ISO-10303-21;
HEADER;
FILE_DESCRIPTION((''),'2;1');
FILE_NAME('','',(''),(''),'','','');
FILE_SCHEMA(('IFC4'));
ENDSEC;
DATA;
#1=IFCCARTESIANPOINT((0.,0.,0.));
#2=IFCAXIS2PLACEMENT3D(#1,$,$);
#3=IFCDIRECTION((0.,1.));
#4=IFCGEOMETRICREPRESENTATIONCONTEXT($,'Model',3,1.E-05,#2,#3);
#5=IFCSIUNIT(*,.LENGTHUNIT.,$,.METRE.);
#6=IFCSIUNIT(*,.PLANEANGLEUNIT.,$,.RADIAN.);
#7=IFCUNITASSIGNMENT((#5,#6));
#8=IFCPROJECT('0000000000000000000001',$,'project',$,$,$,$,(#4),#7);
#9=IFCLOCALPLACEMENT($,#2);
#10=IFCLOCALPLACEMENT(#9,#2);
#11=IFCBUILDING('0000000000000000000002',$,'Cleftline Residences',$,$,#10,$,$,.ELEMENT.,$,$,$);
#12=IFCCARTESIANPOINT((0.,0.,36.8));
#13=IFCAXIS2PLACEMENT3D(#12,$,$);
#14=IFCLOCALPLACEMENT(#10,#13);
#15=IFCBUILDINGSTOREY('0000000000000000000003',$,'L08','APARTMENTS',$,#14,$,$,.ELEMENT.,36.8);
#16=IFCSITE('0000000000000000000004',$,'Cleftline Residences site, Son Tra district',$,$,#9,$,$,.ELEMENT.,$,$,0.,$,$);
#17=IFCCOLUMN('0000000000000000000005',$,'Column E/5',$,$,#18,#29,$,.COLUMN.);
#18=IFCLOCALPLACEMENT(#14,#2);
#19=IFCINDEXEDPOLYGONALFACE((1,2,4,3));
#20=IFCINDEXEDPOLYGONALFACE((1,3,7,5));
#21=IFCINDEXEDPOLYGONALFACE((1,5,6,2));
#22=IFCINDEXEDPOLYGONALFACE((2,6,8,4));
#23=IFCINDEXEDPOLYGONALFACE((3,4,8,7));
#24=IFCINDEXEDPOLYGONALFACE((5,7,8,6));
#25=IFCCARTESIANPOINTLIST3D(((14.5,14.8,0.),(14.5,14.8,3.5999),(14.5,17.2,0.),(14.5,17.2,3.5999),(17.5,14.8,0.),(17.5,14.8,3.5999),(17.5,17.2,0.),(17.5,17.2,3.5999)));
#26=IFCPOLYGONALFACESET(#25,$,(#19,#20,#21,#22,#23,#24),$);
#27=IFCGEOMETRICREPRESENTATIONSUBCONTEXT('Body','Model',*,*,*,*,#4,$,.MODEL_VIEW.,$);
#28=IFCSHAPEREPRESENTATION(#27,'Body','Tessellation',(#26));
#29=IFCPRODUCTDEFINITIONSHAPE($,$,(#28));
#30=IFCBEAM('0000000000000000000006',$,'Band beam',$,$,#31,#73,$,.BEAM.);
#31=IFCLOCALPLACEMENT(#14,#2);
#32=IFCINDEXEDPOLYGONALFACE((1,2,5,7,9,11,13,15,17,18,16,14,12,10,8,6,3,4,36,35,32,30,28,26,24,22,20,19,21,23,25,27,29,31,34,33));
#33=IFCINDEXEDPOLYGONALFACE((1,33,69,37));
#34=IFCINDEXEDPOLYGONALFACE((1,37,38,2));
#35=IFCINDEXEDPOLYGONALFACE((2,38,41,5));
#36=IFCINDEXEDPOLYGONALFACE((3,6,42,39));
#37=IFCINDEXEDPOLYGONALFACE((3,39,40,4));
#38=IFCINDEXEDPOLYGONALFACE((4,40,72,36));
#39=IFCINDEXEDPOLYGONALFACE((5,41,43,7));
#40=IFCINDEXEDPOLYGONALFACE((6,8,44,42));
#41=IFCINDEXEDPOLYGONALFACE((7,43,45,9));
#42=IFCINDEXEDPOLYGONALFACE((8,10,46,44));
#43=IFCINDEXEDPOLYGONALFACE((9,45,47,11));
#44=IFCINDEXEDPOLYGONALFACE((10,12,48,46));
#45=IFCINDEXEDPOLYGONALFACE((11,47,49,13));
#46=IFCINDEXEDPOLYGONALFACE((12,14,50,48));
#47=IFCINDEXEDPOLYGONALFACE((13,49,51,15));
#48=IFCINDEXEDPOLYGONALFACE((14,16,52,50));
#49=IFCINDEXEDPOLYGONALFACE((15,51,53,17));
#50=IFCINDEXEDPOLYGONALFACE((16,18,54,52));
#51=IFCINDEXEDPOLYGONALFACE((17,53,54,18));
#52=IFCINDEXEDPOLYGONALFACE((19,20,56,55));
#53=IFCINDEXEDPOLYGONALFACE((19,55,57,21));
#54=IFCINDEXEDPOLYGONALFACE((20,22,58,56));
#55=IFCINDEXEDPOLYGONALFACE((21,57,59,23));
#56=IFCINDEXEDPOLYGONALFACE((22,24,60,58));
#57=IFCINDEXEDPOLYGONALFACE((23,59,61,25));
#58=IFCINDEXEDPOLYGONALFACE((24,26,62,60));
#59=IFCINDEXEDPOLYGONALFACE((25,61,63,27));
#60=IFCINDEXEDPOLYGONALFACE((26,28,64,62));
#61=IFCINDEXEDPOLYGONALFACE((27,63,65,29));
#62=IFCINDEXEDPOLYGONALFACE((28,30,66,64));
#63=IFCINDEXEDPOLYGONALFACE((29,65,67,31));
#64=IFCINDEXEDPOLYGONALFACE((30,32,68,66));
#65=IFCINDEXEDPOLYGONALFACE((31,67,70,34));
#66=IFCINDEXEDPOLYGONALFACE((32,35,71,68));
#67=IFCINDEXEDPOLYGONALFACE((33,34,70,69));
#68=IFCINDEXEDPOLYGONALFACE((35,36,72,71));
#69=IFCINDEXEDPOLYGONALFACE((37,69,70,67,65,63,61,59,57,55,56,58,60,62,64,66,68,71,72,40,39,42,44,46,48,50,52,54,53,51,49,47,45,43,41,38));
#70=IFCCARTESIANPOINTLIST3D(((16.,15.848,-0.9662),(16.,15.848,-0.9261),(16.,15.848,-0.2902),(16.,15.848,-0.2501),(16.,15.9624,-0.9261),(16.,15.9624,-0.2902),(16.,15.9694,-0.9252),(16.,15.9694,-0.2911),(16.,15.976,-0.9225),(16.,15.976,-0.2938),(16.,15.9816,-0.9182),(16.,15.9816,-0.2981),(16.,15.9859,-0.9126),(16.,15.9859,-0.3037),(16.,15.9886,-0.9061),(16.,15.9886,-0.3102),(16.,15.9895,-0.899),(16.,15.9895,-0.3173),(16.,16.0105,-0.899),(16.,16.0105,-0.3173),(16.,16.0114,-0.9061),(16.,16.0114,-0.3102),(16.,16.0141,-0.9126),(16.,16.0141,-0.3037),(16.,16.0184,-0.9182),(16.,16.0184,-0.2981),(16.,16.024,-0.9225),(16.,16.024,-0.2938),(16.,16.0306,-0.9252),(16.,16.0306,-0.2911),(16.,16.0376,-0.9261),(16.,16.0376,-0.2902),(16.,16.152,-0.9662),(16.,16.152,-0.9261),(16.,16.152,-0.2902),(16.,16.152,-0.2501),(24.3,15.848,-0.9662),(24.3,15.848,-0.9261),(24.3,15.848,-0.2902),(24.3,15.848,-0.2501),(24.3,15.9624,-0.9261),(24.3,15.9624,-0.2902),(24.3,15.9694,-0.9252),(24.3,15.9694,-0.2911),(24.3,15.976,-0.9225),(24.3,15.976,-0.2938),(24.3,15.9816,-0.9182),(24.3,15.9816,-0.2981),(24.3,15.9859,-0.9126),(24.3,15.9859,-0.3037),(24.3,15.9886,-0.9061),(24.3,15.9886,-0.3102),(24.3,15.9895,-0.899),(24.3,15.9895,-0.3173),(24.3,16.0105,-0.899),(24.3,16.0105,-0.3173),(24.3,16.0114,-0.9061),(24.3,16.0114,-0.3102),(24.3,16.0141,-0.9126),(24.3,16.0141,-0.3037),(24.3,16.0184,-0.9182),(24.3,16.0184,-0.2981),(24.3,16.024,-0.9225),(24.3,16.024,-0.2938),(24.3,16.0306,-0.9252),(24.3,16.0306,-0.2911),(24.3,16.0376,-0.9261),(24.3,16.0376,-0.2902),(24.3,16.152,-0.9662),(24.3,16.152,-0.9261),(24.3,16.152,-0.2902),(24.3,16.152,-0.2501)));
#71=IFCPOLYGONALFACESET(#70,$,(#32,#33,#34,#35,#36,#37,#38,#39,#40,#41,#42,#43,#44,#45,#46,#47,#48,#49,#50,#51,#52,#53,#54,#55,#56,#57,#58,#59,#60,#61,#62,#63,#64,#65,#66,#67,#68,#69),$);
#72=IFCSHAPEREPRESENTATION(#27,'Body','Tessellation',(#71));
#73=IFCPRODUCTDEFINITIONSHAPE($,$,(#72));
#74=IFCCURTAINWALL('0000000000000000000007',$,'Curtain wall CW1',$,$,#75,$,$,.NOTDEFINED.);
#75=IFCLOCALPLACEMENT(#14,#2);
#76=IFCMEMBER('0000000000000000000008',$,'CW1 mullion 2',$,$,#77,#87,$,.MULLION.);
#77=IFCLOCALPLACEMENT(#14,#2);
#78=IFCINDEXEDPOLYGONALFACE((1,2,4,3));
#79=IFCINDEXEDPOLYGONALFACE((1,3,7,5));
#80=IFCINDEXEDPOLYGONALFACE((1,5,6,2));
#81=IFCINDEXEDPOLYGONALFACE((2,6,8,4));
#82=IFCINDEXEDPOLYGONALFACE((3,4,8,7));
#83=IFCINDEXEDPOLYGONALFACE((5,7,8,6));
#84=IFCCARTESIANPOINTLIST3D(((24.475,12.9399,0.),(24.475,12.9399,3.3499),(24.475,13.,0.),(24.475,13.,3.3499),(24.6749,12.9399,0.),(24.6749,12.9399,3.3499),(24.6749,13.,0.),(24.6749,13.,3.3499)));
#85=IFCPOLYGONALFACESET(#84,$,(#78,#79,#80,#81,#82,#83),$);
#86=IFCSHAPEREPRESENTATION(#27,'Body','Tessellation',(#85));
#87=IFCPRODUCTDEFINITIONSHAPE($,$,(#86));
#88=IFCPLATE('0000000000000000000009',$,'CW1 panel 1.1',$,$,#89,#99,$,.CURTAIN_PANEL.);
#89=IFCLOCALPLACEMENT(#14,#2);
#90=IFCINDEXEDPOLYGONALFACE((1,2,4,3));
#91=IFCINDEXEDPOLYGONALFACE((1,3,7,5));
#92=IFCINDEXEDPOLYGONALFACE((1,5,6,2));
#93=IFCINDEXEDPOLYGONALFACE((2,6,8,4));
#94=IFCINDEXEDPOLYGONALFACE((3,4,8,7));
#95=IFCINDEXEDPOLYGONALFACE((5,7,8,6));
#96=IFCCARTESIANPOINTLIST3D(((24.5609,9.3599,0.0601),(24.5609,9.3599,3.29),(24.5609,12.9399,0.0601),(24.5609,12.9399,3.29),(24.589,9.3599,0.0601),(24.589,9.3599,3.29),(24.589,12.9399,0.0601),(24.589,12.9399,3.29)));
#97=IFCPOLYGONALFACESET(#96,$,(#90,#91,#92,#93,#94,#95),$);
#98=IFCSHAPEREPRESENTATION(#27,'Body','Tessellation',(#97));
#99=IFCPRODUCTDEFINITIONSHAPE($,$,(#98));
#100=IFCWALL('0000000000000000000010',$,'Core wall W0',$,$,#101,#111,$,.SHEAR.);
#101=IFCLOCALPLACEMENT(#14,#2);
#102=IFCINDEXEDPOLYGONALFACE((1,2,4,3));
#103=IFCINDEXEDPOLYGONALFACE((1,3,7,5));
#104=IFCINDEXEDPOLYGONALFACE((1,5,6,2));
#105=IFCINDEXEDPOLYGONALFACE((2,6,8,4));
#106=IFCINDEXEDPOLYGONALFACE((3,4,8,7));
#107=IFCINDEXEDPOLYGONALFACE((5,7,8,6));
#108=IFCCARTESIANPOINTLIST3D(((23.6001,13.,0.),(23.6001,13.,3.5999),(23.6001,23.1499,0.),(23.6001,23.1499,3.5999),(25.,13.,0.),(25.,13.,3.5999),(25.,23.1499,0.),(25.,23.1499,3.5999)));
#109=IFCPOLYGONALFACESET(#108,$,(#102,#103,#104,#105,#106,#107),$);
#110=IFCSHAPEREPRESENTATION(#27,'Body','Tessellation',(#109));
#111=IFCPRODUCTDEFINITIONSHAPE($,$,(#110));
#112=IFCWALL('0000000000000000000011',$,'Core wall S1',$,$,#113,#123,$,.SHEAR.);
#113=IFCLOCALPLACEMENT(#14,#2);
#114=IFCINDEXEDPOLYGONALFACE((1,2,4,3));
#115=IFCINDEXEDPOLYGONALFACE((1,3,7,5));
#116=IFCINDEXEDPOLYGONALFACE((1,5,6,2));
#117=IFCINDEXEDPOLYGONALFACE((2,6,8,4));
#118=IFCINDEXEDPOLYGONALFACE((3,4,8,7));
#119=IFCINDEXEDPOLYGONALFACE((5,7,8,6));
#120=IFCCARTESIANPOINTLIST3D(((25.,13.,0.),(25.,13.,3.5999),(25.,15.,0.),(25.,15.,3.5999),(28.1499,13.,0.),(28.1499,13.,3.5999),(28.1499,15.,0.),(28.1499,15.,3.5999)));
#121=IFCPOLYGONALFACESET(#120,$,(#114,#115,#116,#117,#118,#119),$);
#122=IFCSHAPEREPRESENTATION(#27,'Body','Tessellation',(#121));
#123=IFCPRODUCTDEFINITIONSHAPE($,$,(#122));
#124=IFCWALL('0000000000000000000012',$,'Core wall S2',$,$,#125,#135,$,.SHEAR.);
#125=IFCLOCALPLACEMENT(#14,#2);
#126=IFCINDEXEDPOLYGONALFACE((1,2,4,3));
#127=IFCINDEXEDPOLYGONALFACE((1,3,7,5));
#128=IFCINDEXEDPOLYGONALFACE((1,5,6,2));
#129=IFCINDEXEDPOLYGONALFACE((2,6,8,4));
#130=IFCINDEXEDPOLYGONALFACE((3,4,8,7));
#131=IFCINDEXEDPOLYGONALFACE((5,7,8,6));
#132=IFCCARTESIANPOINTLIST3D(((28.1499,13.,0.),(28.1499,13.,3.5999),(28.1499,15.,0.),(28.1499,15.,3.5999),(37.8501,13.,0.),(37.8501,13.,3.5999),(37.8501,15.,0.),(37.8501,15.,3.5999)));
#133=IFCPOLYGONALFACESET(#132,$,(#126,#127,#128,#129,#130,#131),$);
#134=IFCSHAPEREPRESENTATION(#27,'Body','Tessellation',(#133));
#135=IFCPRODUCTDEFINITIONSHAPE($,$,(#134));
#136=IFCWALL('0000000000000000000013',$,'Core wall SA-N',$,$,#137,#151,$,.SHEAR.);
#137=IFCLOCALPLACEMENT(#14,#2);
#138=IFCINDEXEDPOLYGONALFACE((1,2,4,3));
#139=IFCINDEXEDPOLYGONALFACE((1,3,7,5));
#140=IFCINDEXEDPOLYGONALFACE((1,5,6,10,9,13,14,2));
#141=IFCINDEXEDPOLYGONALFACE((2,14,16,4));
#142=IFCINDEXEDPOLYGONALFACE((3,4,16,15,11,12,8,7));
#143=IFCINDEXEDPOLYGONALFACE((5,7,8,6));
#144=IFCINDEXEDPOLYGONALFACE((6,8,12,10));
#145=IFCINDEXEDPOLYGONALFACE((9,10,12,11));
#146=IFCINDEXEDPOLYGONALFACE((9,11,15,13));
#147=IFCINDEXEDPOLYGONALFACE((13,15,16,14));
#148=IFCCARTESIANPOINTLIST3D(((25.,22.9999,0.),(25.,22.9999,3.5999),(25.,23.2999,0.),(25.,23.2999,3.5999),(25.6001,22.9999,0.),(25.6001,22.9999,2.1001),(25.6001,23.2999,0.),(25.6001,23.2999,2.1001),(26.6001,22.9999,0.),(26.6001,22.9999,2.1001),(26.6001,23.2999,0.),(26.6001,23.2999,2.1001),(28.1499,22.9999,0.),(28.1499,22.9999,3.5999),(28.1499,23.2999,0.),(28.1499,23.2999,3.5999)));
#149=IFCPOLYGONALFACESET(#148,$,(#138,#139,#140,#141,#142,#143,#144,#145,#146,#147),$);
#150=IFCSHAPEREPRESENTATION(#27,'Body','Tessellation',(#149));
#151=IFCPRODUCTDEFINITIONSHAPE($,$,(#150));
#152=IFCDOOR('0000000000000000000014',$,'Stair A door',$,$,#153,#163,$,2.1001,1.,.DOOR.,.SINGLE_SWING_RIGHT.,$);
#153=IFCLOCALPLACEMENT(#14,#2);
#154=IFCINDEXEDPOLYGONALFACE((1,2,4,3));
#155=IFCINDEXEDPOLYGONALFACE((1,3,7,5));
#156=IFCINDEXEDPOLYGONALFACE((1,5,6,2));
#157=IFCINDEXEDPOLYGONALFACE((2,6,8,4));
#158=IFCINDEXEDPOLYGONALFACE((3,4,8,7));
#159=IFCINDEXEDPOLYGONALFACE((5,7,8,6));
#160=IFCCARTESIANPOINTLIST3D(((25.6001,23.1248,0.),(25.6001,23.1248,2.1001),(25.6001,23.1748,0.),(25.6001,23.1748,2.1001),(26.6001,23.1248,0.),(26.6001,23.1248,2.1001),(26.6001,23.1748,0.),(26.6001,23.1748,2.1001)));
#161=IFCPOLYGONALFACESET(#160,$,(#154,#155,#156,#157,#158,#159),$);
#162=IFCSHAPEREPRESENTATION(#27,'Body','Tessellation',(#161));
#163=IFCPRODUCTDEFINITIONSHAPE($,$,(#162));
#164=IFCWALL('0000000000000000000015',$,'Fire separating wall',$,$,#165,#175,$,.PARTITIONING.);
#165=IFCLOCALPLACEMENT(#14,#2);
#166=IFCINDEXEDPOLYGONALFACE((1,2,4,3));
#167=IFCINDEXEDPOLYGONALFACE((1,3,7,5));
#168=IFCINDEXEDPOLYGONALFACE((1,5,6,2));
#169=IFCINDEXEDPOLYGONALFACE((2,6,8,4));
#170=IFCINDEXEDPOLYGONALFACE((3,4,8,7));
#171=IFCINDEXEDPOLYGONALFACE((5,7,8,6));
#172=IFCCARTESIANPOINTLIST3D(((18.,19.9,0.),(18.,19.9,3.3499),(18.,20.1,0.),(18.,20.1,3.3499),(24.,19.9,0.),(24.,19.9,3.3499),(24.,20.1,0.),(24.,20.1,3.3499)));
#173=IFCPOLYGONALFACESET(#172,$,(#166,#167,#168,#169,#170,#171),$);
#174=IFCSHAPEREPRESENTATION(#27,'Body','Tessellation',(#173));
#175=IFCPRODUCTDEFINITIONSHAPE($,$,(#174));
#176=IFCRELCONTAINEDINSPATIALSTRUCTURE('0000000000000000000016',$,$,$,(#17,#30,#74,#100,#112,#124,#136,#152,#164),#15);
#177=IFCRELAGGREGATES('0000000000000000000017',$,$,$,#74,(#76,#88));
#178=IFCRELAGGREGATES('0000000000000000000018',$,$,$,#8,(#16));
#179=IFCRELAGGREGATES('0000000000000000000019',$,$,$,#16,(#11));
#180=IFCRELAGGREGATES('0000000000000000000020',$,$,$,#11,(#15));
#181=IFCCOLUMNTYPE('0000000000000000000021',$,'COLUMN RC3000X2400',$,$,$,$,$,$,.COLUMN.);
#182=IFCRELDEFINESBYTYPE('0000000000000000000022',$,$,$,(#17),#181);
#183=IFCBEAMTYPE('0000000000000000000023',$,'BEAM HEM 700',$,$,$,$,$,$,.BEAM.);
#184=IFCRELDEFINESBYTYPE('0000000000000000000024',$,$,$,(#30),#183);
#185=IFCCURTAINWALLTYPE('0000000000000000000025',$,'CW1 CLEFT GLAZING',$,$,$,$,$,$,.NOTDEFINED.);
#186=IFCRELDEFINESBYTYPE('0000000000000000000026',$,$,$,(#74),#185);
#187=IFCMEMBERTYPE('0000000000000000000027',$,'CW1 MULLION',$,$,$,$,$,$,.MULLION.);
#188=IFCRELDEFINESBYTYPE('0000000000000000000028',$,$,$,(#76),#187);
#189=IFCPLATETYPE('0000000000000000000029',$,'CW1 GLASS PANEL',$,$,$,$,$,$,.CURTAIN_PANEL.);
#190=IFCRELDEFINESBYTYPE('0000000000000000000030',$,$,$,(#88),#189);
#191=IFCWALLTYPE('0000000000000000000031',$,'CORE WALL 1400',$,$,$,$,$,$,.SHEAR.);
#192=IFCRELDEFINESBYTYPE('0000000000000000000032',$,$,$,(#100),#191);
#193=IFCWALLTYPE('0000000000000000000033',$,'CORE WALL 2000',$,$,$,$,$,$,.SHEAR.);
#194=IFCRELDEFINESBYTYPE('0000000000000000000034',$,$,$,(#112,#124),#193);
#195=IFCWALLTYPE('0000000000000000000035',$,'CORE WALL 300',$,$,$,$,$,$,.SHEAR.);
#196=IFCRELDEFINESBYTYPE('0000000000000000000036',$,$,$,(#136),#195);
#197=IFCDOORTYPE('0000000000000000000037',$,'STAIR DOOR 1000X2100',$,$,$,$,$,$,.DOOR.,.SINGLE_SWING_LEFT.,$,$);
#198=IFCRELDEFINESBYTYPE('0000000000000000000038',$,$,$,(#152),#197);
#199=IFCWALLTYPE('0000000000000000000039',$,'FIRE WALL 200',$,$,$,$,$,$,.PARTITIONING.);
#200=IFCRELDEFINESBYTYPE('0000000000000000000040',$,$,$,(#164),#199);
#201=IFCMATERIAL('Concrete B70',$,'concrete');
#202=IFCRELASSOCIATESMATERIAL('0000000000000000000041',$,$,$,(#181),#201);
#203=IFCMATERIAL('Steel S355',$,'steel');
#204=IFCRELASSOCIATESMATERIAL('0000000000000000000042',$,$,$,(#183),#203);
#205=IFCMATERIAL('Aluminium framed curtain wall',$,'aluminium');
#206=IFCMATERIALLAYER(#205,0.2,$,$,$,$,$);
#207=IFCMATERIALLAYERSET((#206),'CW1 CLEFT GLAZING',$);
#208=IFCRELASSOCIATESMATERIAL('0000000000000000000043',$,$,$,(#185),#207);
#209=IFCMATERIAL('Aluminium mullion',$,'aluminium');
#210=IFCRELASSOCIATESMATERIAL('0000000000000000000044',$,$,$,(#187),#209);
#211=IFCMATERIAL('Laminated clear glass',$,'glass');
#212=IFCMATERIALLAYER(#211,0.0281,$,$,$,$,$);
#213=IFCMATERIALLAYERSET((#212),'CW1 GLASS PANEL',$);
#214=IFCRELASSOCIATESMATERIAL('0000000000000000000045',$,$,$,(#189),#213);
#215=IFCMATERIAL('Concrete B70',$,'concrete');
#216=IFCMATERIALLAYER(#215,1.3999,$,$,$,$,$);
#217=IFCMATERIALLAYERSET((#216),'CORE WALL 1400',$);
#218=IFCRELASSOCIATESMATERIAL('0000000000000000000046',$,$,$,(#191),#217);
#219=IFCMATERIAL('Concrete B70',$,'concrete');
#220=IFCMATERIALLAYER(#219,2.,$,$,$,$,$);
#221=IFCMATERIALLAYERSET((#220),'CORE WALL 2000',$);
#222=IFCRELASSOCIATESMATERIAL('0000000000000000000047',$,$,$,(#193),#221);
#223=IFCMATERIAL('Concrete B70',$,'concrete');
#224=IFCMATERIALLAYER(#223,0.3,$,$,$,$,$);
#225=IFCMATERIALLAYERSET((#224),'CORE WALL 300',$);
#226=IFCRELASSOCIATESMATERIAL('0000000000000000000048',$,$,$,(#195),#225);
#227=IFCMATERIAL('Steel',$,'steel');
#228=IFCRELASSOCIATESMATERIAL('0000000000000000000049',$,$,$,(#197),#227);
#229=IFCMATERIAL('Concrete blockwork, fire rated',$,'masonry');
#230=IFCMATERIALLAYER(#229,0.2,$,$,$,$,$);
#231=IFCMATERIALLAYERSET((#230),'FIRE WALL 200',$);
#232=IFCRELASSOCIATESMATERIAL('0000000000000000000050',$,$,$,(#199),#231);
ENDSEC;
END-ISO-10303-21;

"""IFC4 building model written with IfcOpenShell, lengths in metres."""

from ifc_helpers import new_model, si_unit, direction, frame, frame_2d, origin, origin_2d, place, context, subcontext, project, spatial, rectangle, i_section, extrude, material, layer, layer_set, material_profile, profile_set, type_object, element, fill, aggregate, save


model = new_model("IFC4")

# Units and contexts
model_context = context("Model", 3, precision=1e-05, world=origin(), true_north=direction((0.0, 1.0)))
body_context = subcontext(model_context, "Body", "Model", "MODEL_VIEW")
ifc_project = project(units=[si_unit("LENGTHUNIT", "METRE"), si_unit("PLANEANGLEUNIT", "RADIAN")], contexts=[model_context])

# Site, building, storey
site_placement = place(None, origin())
site = spatial("IfcSite", under=ifc_project, at=site_placement, Name="Cleftline Residences site, Son Tra district", CompositionType="ELEMENT", RefElevation=0.0)
building_placement = place(site_placement, origin())
building = spatial("IfcBuilding", under=site, at=building_placement, Name="Cleftline Residences", CompositionType="ELEMENT")
storey_placement = place(building_placement, frame((0.0, 0.0, 36.8)))
storey = spatial("IfcBuildingStorey", under=building, at=storey_placement, Name="L08", Description="APARTMENTS", CompositionType="ELEMENT", Elevation=36.8)

# Column
ifc_material_1 = material(Name="Concrete B70", Category="concrete")
ifc_material_profile_1 = material_profile(ifc_material_1, rectangle(XDim=3.0, YDim=2.3999, at=origin_2d()))
ifc_profile_set_1 = profile_set([ifc_material_profile_1], Name="Concrete B70")
column_type = type_object("IfcColumnType", Name="COLUMN RC3000X2400", PredefinedType="COLUMN", material=ifc_profile_set_1)
column_placement = place(storey_placement, frame((16.0, 16.0, 0.0), z_axis=(0.0, 0.0, 1.0), x_axis=(1.0, 0.0, 0.0)))
element("IfcColumn", 1, at=column_placement, inside=storey, type_object=column_type, Name="Column E/5", PredefinedType="COLUMN", context=body_context, shape_type="SweptSolid", body=[
    extrude(rectangle(XDim=3.0, YDim=2.3999, at=origin_2d()), origin(), (0.0, 0.0, 1.0), 3.5999),
])

# Beam
ifc_material_2 = material(Name="Steel S355", Category="steel")
ifc_material_profile_2 = material_profile(ifc_material_2, i_section(OverallWidth=0.304, OverallDepth=0.7161, WebThickness=0.021, FlangeThickness=0.04, FilletRadius=0.0271, at=origin_2d()))
ifc_profile_set_2 = profile_set([ifc_material_profile_2], Name="Steel S355")
beam_type = type_object("IfcBeamType", Name="BEAM HEM 700", PredefinedType="BEAM", material=ifc_profile_set_2)
beam_placement = place(storey_placement, frame((16.0, 16.0, -0.6082), z_axis=(1.0, 0.0, 0.0), x_axis=(0.0, 1.0, 0.0)))
element("IfcBeam", 2, at=beam_placement, inside=storey, type_object=beam_type, Name="Band beam", PredefinedType="BEAM", context=body_context, shape_type="SweptSolid", body=[
    extrude(i_section(OverallWidth=0.304, OverallDepth=0.7161, WebThickness=0.021, FlangeThickness=0.04, FilletRadius=0.0271, at=origin_2d()), origin(), (0.0, 0.0, 1.0), 8.3),
])

# Curtain wall, member, plate
ifc_material_3 = material(Name="Aluminium framed curtain wall", Category="aluminium")
ifc_layer_1 = layer(ifc_material_3, 0.2)
ifc_layer_set_1 = layer_set([ifc_layer_1], Name="CW1 CLEFT GLAZING")
curtain_wall_type = type_object("IfcCurtainWallType", Name="CW1 CLEFT GLAZING", PredefinedType="NOTDEFINED", material=ifc_layer_set_1)
curtain_wall_placement = place(storey_placement, origin())
curtain_wall = element("IfcCurtainWall", 3, at=curtain_wall_placement, inside=storey, type_object=curtain_wall_type, Name="Curtain wall CW1", PredefinedType="NOTDEFINED")
ifc_material_4 = material(Name="Aluminium mullion", Category="aluminium")
ifc_material_profile_3 = material_profile(ifc_material_4, rectangle(XDim=0.2, YDim=0.0601, at=origin_2d()))
ifc_profile_set_3 = profile_set([ifc_material_profile_3], Name="Aluminium mullion")
member_type = type_object("IfcMemberType", Name="CW1 MULLION", PredefinedType="MULLION", material=ifc_profile_set_3)
member_placement = place(storey_placement, frame((24.575, 12.97, 0.0), z_axis=(0.0, 0.0, 1.0), x_axis=(-1.0, 0.0, 0.0)))
member = element("IfcMember", 4, at=member_placement, type_object=member_type, Name="CW1 mullion 2", PredefinedType="MULLION", context=body_context, shape_type="SweptSolid", body=[
    extrude(rectangle(XDim=0.2, YDim=0.0601, at=origin_2d()), origin(), (0.0, 0.0, 1.0), 3.3499),
])
ifc_material_5 = material(Name="Laminated clear glass", Category="glass")
ifc_layer_2 = layer(ifc_material_5, 0.0281)
ifc_layer_set_2 = layer_set([ifc_layer_2], Name="CW1 GLASS PANEL")
plate_type = type_object("IfcPlateType", Name="CW1 GLASS PANEL", PredefinedType="CURTAIN_PANEL", material=ifc_layer_set_2)
plate_placement = place(storey_placement, frame((24.575, 11.1499, 0.0601), z_axis=(0.0, 0.0, 1.0), x_axis=(0.0, 1.0, 0.0)))
plate = element("IfcPlate", 5, at=plate_placement, type_object=plate_type, Name="CW1 panel 1.1", PredefinedType="CURTAIN_PANEL", context=body_context, shape_type="SweptSolid", body=[
    extrude(rectangle(XDim=3.5801, YDim=0.0281, at=origin_2d()), origin(), (0.0, 0.0, 1.0), 3.23),
])
aggregate(curtain_wall, [member, plate])

# Wall
ifc_material_6 = material(Name="Concrete B70", Category="concrete")
ifc_layer_3 = layer(ifc_material_6, 1.3999)
ifc_layer_set_3 = layer_set([ifc_layer_3], Name="CORE WALL 1400")
wall_type_1 = type_object("IfcWallType", Name="CORE WALL 1400", PredefinedType="SHEAR", material=ifc_layer_set_3)
wall_1_placement = place(storey_placement, frame((24.3, 13.0, 0.0), z_axis=(0.0, 0.0, 1.0), x_axis=(0.0, 1.0, 0.0)))
element("IfcWall", 6, at=wall_1_placement, inside=storey, type_object=wall_type_1, Name="Core wall W0", PredefinedType="SHEAR", context=body_context, shape_type="SweptSolid", body=[
    extrude(rectangle(XDim=10.1499, YDim=1.3999, at=frame_2d((5.075, 0.0))), origin(), (0.0, 0.0, 1.0), 3.5999),
])

# Walls
ifc_material_7 = material(Name="Concrete B70", Category="concrete")
ifc_layer_4 = layer(ifc_material_7, 2.0)
ifc_layer_set_4 = layer_set([ifc_layer_4], Name="CORE WALL 2000")
wall_type_2 = type_object("IfcWallType", Name="CORE WALL 2000", PredefinedType="SHEAR", material=ifc_layer_set_4)
wall_2_placement = place(storey_placement, frame((25.0, 14.0, 0.0), z_axis=(0.0, 0.0, 1.0), x_axis=(1.0, 0.0, 0.0)))
element("IfcWall", 7, at=wall_2_placement, inside=storey, type_object=wall_type_2, Name="Core wall S1", PredefinedType="SHEAR", context=body_context, shape_type="SweptSolid", body=[
    extrude(rectangle(XDim=3.1499, YDim=2.0, at=frame_2d((1.575, 0.0))), origin(), (0.0, 0.0, 1.0), 3.5999),
])
wall_3_placement = place(storey_placement, frame((28.1499, 14.0, 0.0), z_axis=(0.0, 0.0, 1.0), x_axis=(1.0, 0.0, 0.0)))
element("IfcWall", 8, at=wall_3_placement, inside=storey, type_object=wall_type_2, Name="Core wall S2", PredefinedType="SHEAR", context=body_context, shape_type="SweptSolid", body=[
    extrude(rectangle(XDim=9.7002, YDim=2.0, at=frame_2d((4.8501, 0.0))), origin(), (0.0, 0.0, 1.0), 3.5999),
])

# Wall, opening, door
ifc_material_8 = material(Name="Concrete B70", Category="concrete")
ifc_layer_5 = layer(ifc_material_8, 0.3)
ifc_layer_set_5 = layer_set([ifc_layer_5], Name="CORE WALL 300")
wall_type_3 = type_object("IfcWallType", Name="CORE WALL 300", PredefinedType="SHEAR", material=ifc_layer_set_5)
wall_4_placement = place(storey_placement, frame((25.0, 23.1499, 0.0), z_axis=(0.0, 0.0, 1.0), x_axis=(1.0, 0.0, 0.0)))
wall_4 = element("IfcWall", 9, at=wall_4_placement, inside=storey, type_object=wall_type_3, Name="Core wall SA-N", PredefinedType="SHEAR", context=body_context, shape_type="SweptSolid", body=[
    extrude(rectangle(XDim=3.1499, YDim=0.3, at=frame_2d((1.575, 0.0))), origin(), (0.0, 0.0, 1.0), 3.5999),
])
opening_1_placement = place(wall_4_placement, frame((0.6001, 0.0, 0.0)))
opening_1 = element("IfcOpeningElement", 10, at=opening_1_placement, cuts=wall_4, PredefinedType="OPENING", context=body_context, shape_type="SweptSolid", body=[
    extrude(rectangle(XDim=1.0, YDim=2.1001, at=frame_2d((0.5, 1.05))), frame((0.0, 0.1599, 0.0), z_axis=(0.0, -1.0, 0.0), x_axis=(1.0, 0.0, 0.0)), (0.0, 0.0, 1.0), 0.3201),
])
ifc_material_9 = material(Name="Steel", Category="steel")
door_type_1 = type_object("IfcDoorType", Name="STAIR DOOR 1000X2100", OperationType="SINGLE_SWING_LEFT", PredefinedType="DOOR", material=ifc_material_9)
door_1_placement = place(opening_1_placement, origin())
door_1 = element("IfcDoor", 11, at=door_1_placement, inside=storey, type_object=door_type_1, Name="Stair A door", OperationType="SINGLE_SWING_RIGHT", OverallHeight=2.1001, OverallWidth=1.0, PredefinedType="DOOR", context=body_context, shape_type="SweptSolid", body=[
    extrude(rectangle(XDim=1.0, YDim=2.1001, at=frame_2d((0.5, 1.05))), frame((0.0, 0.0249, 0.0), z_axis=(0.0, -1.0, 0.0), x_axis=(1.0, 0.0, 0.0)), (0.0, 0.0, 1.0), 0.05),
])
fill(opening_1, door_1)

# Wall
ifc_material_10 = material(Name="Concrete blockwork, fire rated", Category="masonry")
ifc_layer_6 = layer(ifc_material_10, 0.2)
ifc_layer_set_6 = layer_set([ifc_layer_6], Name="FIRE WALL 200")
wall_type_4 = type_object("IfcWallType", Name="FIRE WALL 200", PredefinedType="PARTITIONING", material=ifc_layer_set_6)
wall_5_placement = place(storey_placement, frame((18.0, 20.0, 0.0), z_axis=(0.0, 0.0, 1.0), x_axis=(1.0, 0.0, 0.0)))
element("IfcWall", 12, at=wall_5_placement, inside=storey, type_object=wall_type_4, Name="Fire separating wall", PredefinedType="PARTITIONING", context=body_context, shape_type="SweptSolid", body=[
    extrude(rectangle(XDim=6.0, YDim=0.2, at=frame_2d((3.0, 0.0))), origin(), (0.0, 0.0, 1.0), 3.3499),
])

save(model, "model.ifc")
